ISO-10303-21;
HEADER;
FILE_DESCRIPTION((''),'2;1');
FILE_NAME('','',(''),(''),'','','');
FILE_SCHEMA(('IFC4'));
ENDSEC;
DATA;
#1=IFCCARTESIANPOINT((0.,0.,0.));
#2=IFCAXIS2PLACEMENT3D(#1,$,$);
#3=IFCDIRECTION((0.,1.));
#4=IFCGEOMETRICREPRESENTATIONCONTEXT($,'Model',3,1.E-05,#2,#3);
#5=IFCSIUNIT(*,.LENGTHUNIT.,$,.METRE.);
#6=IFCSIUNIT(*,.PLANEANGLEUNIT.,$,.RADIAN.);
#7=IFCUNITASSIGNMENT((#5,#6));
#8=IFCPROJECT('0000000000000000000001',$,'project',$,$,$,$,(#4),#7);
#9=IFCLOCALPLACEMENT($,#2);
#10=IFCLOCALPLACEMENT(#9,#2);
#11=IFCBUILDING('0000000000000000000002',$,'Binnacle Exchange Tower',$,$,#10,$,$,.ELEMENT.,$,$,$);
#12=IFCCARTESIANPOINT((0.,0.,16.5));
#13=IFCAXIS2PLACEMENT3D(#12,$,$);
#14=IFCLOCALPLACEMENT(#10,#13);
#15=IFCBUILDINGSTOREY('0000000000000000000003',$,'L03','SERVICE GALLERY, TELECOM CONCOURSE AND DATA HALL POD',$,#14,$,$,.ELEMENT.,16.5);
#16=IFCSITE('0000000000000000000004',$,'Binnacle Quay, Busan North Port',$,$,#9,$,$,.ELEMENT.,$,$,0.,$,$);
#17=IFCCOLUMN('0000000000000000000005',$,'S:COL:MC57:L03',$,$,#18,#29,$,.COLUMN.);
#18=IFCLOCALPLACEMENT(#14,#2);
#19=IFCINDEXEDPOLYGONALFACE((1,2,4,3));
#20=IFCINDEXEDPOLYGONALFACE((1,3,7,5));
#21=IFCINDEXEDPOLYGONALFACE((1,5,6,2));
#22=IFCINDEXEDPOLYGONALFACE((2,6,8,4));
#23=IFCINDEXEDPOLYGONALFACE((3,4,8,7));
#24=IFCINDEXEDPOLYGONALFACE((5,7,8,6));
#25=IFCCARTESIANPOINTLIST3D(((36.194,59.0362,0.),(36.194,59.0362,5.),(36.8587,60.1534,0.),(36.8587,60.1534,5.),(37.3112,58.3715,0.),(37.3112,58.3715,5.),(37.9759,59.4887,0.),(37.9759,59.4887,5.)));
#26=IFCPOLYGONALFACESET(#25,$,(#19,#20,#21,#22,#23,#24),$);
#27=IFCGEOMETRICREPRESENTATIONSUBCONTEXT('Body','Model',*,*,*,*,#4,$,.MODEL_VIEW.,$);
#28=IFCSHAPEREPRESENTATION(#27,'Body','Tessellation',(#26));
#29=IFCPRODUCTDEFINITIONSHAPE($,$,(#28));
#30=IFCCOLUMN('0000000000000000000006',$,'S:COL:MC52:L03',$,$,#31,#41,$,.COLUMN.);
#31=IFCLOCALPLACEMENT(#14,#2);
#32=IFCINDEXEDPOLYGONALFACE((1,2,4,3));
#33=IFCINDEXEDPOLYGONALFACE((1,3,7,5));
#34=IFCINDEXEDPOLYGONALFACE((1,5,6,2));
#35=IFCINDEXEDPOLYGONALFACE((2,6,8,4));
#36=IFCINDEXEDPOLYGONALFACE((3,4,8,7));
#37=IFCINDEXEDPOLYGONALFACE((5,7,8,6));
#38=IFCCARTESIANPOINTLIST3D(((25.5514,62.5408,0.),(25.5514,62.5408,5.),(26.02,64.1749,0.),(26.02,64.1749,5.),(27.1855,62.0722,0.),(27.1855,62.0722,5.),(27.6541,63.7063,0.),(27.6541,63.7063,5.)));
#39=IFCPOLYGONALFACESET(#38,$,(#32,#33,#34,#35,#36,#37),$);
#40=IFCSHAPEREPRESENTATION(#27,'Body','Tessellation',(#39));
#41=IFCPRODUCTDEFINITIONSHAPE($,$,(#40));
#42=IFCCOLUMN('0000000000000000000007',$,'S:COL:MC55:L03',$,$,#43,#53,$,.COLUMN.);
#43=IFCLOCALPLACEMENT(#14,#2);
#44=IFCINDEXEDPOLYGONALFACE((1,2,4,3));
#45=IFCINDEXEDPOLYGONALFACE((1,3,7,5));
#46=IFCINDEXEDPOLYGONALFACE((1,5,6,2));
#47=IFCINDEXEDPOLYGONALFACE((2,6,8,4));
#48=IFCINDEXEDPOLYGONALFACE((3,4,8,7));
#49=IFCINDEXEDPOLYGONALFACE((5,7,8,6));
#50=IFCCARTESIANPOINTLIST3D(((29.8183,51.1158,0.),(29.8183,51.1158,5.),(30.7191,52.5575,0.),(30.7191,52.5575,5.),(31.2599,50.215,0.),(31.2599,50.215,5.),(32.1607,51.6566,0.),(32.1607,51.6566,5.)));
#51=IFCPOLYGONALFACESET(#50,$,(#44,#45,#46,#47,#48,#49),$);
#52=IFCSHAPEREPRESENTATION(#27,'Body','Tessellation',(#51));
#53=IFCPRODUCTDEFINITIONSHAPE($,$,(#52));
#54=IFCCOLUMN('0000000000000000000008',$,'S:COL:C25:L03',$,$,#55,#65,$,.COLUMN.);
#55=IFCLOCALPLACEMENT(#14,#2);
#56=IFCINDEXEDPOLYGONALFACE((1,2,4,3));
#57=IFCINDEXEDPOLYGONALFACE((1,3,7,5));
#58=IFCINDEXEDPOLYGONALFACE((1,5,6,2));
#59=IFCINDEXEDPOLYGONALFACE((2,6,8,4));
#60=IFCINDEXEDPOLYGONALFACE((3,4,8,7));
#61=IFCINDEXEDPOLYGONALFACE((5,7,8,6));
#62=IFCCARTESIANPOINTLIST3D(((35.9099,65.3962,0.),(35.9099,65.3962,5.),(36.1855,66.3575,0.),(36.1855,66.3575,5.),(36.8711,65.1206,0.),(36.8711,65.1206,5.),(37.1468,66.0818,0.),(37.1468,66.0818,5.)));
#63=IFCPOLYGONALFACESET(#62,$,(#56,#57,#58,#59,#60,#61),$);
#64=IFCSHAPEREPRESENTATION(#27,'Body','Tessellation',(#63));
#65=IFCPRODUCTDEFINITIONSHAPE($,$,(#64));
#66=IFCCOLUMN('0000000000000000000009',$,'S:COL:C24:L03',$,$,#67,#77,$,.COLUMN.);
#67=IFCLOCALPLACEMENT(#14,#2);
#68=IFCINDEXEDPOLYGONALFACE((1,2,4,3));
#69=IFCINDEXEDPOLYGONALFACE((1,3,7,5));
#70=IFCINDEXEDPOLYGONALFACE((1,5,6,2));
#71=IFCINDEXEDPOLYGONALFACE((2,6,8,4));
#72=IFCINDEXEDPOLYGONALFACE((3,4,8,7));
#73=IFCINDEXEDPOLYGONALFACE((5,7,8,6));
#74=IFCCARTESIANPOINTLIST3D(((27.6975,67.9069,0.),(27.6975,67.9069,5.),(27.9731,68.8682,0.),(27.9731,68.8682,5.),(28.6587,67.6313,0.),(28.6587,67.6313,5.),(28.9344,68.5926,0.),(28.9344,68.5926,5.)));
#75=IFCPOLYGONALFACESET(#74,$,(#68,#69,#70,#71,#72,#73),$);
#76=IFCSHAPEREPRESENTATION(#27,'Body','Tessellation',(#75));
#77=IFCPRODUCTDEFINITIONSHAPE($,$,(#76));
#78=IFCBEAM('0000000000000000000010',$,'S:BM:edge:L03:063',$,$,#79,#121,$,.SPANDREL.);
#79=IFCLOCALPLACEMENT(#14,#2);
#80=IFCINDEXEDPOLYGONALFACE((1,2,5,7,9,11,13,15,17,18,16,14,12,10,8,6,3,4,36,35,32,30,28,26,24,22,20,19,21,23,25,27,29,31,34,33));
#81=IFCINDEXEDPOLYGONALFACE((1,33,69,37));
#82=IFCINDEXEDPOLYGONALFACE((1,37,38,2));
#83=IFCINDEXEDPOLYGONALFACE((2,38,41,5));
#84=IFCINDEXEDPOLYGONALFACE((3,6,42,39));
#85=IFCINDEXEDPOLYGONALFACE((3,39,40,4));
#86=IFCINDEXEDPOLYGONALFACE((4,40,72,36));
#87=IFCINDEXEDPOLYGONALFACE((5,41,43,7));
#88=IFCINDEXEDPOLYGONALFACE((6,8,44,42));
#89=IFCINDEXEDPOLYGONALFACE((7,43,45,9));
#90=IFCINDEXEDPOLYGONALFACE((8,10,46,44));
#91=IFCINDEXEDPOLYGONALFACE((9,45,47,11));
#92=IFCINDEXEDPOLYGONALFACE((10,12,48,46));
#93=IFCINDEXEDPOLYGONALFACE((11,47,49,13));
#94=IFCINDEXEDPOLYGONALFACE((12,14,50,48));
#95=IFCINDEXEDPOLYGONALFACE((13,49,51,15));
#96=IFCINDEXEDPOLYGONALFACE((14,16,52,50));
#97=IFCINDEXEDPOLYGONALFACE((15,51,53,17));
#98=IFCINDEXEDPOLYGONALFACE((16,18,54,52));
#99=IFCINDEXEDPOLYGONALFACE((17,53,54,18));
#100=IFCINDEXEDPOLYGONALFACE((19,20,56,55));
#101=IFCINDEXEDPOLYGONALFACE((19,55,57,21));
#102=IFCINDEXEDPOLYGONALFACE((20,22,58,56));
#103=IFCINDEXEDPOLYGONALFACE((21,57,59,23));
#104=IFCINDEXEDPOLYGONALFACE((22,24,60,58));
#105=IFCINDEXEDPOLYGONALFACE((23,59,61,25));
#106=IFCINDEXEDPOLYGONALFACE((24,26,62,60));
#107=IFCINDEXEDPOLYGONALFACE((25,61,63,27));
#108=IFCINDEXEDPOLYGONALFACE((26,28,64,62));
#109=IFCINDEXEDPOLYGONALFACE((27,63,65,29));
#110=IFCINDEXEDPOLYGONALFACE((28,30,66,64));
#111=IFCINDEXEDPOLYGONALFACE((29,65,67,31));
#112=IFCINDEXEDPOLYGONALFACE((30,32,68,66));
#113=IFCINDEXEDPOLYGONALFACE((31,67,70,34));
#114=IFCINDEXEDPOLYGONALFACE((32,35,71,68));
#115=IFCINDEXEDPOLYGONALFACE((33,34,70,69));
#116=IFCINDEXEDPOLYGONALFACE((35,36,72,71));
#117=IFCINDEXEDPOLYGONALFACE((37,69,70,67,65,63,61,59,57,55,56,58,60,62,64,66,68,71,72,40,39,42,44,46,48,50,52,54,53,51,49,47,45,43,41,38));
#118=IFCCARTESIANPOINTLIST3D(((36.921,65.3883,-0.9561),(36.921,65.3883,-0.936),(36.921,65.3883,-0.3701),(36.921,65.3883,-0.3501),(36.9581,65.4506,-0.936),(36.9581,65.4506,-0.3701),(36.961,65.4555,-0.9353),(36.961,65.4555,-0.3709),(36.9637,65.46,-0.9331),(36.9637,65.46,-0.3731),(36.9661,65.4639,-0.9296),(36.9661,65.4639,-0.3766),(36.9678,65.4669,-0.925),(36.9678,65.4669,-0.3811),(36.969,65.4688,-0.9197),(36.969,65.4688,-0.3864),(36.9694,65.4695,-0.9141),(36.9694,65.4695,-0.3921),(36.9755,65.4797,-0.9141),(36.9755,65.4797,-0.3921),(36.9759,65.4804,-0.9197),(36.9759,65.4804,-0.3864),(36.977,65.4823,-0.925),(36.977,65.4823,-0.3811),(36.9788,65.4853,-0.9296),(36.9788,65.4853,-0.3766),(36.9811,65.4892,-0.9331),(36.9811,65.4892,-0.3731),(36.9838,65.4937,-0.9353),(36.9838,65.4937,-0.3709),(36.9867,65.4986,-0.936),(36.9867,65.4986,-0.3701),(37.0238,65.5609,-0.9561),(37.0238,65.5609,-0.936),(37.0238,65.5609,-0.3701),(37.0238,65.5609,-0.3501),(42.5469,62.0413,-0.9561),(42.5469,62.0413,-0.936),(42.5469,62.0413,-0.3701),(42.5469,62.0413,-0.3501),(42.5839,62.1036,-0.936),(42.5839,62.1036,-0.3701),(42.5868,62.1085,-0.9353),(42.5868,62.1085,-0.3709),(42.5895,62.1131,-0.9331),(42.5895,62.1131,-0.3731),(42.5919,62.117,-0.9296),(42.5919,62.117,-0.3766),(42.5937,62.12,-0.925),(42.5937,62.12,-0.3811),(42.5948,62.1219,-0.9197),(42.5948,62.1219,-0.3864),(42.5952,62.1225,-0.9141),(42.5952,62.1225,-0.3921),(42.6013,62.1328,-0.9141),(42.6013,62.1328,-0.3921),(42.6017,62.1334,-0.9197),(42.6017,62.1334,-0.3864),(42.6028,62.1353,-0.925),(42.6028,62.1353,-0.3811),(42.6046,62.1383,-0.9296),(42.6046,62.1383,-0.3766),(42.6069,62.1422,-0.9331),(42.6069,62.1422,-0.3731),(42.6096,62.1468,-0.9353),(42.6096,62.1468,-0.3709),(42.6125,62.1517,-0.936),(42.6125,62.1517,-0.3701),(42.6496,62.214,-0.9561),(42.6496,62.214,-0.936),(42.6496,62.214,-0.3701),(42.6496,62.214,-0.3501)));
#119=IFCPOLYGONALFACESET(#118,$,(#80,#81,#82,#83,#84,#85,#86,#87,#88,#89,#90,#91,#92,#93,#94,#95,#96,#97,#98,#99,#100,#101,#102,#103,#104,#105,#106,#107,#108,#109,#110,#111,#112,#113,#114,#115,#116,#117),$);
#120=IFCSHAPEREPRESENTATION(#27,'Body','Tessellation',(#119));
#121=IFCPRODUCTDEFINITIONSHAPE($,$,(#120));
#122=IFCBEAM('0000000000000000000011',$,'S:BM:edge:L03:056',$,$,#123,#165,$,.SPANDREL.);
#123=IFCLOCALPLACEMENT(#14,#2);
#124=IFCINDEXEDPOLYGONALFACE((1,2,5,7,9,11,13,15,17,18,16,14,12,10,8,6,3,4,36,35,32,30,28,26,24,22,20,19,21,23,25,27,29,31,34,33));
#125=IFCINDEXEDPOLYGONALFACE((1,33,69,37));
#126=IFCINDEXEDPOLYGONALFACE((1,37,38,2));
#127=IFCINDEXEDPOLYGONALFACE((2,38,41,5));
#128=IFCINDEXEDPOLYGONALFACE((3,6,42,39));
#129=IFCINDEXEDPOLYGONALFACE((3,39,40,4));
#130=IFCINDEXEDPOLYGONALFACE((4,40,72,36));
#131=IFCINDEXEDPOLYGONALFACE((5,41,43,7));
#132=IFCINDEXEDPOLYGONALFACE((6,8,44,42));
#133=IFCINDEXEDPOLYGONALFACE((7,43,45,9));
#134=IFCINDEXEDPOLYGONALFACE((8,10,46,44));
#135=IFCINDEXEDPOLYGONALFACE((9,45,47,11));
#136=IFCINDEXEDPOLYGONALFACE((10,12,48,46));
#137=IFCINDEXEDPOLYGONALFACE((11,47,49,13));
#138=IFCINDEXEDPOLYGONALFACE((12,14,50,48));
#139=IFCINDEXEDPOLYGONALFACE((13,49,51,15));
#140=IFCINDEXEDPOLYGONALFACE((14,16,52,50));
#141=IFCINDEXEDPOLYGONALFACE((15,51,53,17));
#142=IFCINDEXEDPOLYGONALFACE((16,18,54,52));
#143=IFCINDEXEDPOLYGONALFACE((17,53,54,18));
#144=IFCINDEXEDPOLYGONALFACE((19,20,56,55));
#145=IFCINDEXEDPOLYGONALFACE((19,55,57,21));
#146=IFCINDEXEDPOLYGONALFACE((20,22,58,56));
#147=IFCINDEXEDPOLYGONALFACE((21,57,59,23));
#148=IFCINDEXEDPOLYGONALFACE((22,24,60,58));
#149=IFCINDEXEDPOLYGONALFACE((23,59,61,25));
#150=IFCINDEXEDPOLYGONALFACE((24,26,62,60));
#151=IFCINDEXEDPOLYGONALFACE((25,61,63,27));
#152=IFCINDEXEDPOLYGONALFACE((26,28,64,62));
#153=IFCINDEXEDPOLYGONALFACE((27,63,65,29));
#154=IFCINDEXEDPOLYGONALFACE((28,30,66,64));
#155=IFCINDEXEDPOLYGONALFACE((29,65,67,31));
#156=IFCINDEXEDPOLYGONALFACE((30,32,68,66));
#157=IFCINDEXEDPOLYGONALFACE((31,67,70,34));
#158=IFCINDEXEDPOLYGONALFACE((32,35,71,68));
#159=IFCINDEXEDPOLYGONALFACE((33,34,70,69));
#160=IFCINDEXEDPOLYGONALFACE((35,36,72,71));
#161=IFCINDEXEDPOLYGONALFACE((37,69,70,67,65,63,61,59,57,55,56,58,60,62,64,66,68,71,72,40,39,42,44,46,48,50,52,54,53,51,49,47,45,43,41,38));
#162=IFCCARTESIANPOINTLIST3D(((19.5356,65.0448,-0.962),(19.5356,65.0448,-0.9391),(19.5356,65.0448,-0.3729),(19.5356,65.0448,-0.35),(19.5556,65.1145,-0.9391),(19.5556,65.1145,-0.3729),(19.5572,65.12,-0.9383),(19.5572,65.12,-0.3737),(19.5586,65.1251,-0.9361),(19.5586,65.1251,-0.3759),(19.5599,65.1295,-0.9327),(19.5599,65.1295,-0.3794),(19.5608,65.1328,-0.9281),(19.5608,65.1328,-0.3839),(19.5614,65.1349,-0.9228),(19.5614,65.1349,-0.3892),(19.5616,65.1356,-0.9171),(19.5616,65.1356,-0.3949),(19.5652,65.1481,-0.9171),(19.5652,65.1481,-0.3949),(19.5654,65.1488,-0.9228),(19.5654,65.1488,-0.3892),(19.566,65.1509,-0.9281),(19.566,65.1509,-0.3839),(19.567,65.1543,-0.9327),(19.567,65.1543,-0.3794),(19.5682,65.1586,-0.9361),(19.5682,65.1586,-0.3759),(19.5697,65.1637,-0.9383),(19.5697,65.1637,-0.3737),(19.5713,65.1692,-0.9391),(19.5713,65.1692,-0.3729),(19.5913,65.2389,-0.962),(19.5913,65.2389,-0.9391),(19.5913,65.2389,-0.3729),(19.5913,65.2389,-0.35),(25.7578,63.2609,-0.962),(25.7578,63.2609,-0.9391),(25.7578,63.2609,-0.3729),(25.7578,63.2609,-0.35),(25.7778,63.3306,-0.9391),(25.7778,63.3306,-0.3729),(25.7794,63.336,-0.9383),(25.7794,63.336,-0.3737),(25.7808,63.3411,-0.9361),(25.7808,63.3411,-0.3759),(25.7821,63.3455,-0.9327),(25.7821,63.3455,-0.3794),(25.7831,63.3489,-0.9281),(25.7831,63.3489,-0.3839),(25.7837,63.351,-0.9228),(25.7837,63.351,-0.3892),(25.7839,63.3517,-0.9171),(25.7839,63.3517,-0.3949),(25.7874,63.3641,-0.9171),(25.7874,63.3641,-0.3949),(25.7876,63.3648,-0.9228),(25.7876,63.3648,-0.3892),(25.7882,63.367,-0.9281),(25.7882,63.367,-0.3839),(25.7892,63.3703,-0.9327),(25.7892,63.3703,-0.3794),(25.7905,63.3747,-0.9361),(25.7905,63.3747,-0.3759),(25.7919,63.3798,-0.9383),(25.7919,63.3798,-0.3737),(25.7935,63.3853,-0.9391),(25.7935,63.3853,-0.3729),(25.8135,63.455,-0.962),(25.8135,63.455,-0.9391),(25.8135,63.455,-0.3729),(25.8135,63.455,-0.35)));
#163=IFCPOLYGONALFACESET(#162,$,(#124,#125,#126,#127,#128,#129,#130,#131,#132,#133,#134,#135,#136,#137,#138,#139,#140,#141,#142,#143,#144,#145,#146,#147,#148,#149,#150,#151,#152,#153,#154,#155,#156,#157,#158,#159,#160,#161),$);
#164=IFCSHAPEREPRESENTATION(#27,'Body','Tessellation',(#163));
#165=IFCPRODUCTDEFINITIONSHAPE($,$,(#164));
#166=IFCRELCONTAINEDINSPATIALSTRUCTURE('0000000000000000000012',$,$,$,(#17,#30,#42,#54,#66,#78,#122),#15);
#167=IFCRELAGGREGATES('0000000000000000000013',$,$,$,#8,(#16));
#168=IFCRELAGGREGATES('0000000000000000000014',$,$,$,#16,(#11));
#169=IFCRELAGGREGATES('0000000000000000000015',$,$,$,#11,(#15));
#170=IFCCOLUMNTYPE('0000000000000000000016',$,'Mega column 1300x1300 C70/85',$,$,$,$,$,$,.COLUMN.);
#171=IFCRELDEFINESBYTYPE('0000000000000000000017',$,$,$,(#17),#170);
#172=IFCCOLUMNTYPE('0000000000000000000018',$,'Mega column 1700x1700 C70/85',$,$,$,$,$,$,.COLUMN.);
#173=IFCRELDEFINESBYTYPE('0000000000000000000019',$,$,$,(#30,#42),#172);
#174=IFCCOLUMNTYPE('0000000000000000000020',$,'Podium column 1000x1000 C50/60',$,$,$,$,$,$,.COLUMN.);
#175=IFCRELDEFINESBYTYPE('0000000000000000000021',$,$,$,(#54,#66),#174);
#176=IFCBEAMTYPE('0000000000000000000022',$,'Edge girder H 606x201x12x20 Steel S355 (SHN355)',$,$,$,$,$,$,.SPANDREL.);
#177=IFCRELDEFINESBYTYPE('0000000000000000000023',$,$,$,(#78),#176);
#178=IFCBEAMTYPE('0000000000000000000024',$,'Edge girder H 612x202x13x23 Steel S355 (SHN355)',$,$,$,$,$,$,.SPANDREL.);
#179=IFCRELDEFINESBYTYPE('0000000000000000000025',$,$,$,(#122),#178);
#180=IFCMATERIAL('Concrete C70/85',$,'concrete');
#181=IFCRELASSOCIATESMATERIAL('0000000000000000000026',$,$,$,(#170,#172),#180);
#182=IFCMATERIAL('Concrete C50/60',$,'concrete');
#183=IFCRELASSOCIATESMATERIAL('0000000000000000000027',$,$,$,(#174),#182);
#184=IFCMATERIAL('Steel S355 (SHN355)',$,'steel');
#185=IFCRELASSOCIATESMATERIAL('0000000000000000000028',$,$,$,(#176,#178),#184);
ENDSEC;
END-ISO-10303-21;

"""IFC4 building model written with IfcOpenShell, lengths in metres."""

from ifc_helpers import new_model, si_unit, direction, frame, origin, origin_2d, place, context, subcontext, project, spatial, rectangle, i_section, extrude, material, material_profile, profile_set, type_object, element, save


model = new_model("IFC4")

# Units and contexts
model_context = context("Model", 3, precision=1e-05, world=origin(), true_north=direction((0.0, 1.0)))
body_context = subcontext(model_context, "Body", "Model", "MODEL_VIEW")
ifc_project = project(units=[si_unit("LENGTHUNIT", "METRE"), si_unit("PLANEANGLEUNIT", "RADIAN")], contexts=[model_context])

# Site, building, storey
site_placement = place(None, origin())
site = spatial("IfcSite", under=ifc_project, at=site_placement, Name="Binnacle Quay, Busan North Port", CompositionType="ELEMENT", RefElevation=0.0)
building_placement = place(site_placement, origin())
building = spatial("IfcBuilding", under=site, at=building_placement, Name="Binnacle Exchange Tower", CompositionType="ELEMENT")
storey_placement = place(building_placement, frame((0.0, 0.0, 16.5)))
storey = spatial("IfcBuildingStorey", under=building, at=storey_placement, Name="L03", Description="SERVICE GALLERY, TELECOM CONCOURSE AND DATA HALL POD", CompositionType="ELEMENT", Elevation=16.5)

# Columns
ifc_material_1 = material(Name="Concrete C70/85", Category="concrete")
ifc_material_profile_1 = material_profile(ifc_material_1, rectangle(XDim=1.3, YDim=1.3, at=origin_2d()), Name="Mega column 1300x1300 C70/85")
ifc_profile_set_1 = profile_set([ifc_material_profile_1], Name="Concrete C70/85")
column_type_1 = type_object("IfcColumnType", Name="Mega column 1300x1300 C70/85", PredefinedType="COLUMN", material=ifc_profile_set_1)
column_placement = place(storey_placement, frame((37.085, 59.2625, 0.0), z_axis=(0.0, 0.0, 1.0), x_axis=(-0.859406, 0.511293, 0.0)))
element("IfcColumn", 1, at=column_placement, inside=storey, type_object=column_type_1, Name="S:COL:MC57:L03", PredefinedType="COLUMN", context=body_context, shape_type="SweptSolid", body=[
    extrude(rectangle(XDim=1.3, YDim=1.3, at=origin_2d()), origin(), (0.0, 0.0, 1.0), 5.0),
])
ifc_material_profile_2 = material_profile(ifc_material_1, rectangle(XDim=1.7, YDim=1.7, at=origin_2d()), Name="Mega column 1700x1700 C70/85")
ifc_profile_set_2 = profile_set([ifc_material_profile_2], Name="Concrete C70/85")
column_type_2 = type_object("IfcColumnType", Name="Mega column 1700x1700 C70/85", PredefinedType="COLUMN", material=ifc_profile_set_2)
for number, where, z_axis, x_axis, name in (
    (2, (26.6028, 63.1235, 0.0), (0.0, 0.0, 1.0), (-0.961262, 0.275637, 0.0), "S:COL:MC52:L03"),
    (3, (30.9895, 51.3862, 0.0), (0.0, 0.0, 1.0), (0.529919, 0.848048, 0.0), "S:COL:MC55:L03"),
):
    element("IfcColumn", number, at=place(storey_placement, frame(where, z_axis=z_axis, x_axis=x_axis)), inside=storey, type_object=column_type_2, Name=name, PredefinedType="COLUMN", context=body_context, shape_type="SweptSolid", body=[
        extrude(rectangle(XDim=1.7, YDim=1.7, at=origin_2d()), origin(), (0.0, 0.0, 1.0), 5.0),
    ])
ifc_material_2 = material(Name="Concrete C50/60", Category="concrete")
ifc_material_profile_3 = material_profile(ifc_material_2, rectangle(XDim=1.0, YDim=1.0, at=origin_2d()), Name="Podium column 1000x1000 C50/60")
ifc_profile_set_3 = profile_set([ifc_material_profile_3], Name="Concrete C50/60")
column_type_3 = type_object("IfcColumnType", Name="Podium column 1000x1000 C50/60", PredefinedType="COLUMN", material=ifc_profile_set_3)
for number, where, z_axis, x_axis, name in (
    (4, (36.5283, 65.739, 0.0), (0.0, 0.0, 1.0), (-0.961262, 0.275637, 0.0), "S:COL:C25:L03"),
    (5, (28.3159, 68.2498, 0.0), (0.0, 0.0, 1.0), (-0.961262, 0.275637, 0.0), "S:COL:C24:L03"),
):
    element("IfcColumn", number, at=place(storey_placement, frame(where, z_axis=z_axis, x_axis=x_axis)), inside=storey, type_object=column_type_3, Name=name, PredefinedType="COLUMN", context=body_context, shape_type="SweptSolid", body=[
        extrude(rectangle(XDim=1.0, YDim=1.0, at=origin_2d()), origin(), (0.0, 0.0, 1.0), 5.0),
    ])

# Beams
ifc_material_3 = material(Name="Steel S355 (SHN355)", Category="steel")
ifc_material_profile_4 = material_profile(ifc_material_3, i_section(OverallWidth=0.2009, OverallDepth=0.606, WebThickness=0.012, FlangeThickness=0.02, FilletRadius=0.022, at=origin_2d()), Name="H 606x201x12x20")
ifc_profile_set_4 = profile_set([ifc_material_profile_4], Name="Steel S355 (SHN355)")
beam_type_1 = type_object("IfcBeamType", Name="Edge girder H 606x201x12x20 Steel S355 (SHN355)", PredefinedType="SPANDREL", material=ifc_profile_set_4)
beam_1_placement = place(storey_placement, frame((36.9724, 65.4746, -0.6531), z_axis=(0.859409, -0.511289, 0.0), x_axis=(0.511289, 0.859409, 0.0)))
element("IfcBeam", 6, at=beam_1_placement, inside=storey, type_object=beam_type_1, Name="S:BM:edge:L03:063", PredefinedType="SPANDREL", context=body_context, shape_type="SweptSolid", body=[
    extrude(i_section(OverallWidth=0.2009, OverallDepth=0.606, WebThickness=0.012, FlangeThickness=0.02, FilletRadius=0.022, at=origin_2d()), origin(), (0.0, 0.0, 1.0), 6.5461),
])
ifc_material_profile_5 = material_profile(ifc_material_3, i_section(OverallWidth=0.2019, OverallDepth=0.6121, WebThickness=0.0129, FlangeThickness=0.0229, FilletRadius=0.022, at=origin_2d()), Name="H 612x202x13x23")
ifc_profile_set_5 = profile_set([ifc_material_profile_5], Name="Steel S355 (SHN355)")
beam_type_2 = type_object("IfcBeamType", Name="Edge girder H 612x202x13x23 Steel S355 (SHN355)", PredefinedType="SPANDREL", material=ifc_profile_set_5)
beam_2_placement = place(storey_placement, frame((25.7856, 63.3579, -0.656), z_axis=(-0.961272, 0.275603, 0.0), x_axis=(-0.275603, -0.961272, 0.0)))
element("IfcBeam", 7, at=beam_2_placement, inside=storey, type_object=beam_type_2, Name="S:BM:edge:L03:056", PredefinedType="SPANDREL", context=body_context, shape_type="SweptSolid", body=[
    extrude(i_section(OverallWidth=0.2019, OverallDepth=0.6121, WebThickness=0.0129, FlangeThickness=0.0229, FilletRadius=0.022, at=origin_2d()), origin(), (0.0, 0.0, 1.0), 6.4729),
])

save(model, "model.ifc")
